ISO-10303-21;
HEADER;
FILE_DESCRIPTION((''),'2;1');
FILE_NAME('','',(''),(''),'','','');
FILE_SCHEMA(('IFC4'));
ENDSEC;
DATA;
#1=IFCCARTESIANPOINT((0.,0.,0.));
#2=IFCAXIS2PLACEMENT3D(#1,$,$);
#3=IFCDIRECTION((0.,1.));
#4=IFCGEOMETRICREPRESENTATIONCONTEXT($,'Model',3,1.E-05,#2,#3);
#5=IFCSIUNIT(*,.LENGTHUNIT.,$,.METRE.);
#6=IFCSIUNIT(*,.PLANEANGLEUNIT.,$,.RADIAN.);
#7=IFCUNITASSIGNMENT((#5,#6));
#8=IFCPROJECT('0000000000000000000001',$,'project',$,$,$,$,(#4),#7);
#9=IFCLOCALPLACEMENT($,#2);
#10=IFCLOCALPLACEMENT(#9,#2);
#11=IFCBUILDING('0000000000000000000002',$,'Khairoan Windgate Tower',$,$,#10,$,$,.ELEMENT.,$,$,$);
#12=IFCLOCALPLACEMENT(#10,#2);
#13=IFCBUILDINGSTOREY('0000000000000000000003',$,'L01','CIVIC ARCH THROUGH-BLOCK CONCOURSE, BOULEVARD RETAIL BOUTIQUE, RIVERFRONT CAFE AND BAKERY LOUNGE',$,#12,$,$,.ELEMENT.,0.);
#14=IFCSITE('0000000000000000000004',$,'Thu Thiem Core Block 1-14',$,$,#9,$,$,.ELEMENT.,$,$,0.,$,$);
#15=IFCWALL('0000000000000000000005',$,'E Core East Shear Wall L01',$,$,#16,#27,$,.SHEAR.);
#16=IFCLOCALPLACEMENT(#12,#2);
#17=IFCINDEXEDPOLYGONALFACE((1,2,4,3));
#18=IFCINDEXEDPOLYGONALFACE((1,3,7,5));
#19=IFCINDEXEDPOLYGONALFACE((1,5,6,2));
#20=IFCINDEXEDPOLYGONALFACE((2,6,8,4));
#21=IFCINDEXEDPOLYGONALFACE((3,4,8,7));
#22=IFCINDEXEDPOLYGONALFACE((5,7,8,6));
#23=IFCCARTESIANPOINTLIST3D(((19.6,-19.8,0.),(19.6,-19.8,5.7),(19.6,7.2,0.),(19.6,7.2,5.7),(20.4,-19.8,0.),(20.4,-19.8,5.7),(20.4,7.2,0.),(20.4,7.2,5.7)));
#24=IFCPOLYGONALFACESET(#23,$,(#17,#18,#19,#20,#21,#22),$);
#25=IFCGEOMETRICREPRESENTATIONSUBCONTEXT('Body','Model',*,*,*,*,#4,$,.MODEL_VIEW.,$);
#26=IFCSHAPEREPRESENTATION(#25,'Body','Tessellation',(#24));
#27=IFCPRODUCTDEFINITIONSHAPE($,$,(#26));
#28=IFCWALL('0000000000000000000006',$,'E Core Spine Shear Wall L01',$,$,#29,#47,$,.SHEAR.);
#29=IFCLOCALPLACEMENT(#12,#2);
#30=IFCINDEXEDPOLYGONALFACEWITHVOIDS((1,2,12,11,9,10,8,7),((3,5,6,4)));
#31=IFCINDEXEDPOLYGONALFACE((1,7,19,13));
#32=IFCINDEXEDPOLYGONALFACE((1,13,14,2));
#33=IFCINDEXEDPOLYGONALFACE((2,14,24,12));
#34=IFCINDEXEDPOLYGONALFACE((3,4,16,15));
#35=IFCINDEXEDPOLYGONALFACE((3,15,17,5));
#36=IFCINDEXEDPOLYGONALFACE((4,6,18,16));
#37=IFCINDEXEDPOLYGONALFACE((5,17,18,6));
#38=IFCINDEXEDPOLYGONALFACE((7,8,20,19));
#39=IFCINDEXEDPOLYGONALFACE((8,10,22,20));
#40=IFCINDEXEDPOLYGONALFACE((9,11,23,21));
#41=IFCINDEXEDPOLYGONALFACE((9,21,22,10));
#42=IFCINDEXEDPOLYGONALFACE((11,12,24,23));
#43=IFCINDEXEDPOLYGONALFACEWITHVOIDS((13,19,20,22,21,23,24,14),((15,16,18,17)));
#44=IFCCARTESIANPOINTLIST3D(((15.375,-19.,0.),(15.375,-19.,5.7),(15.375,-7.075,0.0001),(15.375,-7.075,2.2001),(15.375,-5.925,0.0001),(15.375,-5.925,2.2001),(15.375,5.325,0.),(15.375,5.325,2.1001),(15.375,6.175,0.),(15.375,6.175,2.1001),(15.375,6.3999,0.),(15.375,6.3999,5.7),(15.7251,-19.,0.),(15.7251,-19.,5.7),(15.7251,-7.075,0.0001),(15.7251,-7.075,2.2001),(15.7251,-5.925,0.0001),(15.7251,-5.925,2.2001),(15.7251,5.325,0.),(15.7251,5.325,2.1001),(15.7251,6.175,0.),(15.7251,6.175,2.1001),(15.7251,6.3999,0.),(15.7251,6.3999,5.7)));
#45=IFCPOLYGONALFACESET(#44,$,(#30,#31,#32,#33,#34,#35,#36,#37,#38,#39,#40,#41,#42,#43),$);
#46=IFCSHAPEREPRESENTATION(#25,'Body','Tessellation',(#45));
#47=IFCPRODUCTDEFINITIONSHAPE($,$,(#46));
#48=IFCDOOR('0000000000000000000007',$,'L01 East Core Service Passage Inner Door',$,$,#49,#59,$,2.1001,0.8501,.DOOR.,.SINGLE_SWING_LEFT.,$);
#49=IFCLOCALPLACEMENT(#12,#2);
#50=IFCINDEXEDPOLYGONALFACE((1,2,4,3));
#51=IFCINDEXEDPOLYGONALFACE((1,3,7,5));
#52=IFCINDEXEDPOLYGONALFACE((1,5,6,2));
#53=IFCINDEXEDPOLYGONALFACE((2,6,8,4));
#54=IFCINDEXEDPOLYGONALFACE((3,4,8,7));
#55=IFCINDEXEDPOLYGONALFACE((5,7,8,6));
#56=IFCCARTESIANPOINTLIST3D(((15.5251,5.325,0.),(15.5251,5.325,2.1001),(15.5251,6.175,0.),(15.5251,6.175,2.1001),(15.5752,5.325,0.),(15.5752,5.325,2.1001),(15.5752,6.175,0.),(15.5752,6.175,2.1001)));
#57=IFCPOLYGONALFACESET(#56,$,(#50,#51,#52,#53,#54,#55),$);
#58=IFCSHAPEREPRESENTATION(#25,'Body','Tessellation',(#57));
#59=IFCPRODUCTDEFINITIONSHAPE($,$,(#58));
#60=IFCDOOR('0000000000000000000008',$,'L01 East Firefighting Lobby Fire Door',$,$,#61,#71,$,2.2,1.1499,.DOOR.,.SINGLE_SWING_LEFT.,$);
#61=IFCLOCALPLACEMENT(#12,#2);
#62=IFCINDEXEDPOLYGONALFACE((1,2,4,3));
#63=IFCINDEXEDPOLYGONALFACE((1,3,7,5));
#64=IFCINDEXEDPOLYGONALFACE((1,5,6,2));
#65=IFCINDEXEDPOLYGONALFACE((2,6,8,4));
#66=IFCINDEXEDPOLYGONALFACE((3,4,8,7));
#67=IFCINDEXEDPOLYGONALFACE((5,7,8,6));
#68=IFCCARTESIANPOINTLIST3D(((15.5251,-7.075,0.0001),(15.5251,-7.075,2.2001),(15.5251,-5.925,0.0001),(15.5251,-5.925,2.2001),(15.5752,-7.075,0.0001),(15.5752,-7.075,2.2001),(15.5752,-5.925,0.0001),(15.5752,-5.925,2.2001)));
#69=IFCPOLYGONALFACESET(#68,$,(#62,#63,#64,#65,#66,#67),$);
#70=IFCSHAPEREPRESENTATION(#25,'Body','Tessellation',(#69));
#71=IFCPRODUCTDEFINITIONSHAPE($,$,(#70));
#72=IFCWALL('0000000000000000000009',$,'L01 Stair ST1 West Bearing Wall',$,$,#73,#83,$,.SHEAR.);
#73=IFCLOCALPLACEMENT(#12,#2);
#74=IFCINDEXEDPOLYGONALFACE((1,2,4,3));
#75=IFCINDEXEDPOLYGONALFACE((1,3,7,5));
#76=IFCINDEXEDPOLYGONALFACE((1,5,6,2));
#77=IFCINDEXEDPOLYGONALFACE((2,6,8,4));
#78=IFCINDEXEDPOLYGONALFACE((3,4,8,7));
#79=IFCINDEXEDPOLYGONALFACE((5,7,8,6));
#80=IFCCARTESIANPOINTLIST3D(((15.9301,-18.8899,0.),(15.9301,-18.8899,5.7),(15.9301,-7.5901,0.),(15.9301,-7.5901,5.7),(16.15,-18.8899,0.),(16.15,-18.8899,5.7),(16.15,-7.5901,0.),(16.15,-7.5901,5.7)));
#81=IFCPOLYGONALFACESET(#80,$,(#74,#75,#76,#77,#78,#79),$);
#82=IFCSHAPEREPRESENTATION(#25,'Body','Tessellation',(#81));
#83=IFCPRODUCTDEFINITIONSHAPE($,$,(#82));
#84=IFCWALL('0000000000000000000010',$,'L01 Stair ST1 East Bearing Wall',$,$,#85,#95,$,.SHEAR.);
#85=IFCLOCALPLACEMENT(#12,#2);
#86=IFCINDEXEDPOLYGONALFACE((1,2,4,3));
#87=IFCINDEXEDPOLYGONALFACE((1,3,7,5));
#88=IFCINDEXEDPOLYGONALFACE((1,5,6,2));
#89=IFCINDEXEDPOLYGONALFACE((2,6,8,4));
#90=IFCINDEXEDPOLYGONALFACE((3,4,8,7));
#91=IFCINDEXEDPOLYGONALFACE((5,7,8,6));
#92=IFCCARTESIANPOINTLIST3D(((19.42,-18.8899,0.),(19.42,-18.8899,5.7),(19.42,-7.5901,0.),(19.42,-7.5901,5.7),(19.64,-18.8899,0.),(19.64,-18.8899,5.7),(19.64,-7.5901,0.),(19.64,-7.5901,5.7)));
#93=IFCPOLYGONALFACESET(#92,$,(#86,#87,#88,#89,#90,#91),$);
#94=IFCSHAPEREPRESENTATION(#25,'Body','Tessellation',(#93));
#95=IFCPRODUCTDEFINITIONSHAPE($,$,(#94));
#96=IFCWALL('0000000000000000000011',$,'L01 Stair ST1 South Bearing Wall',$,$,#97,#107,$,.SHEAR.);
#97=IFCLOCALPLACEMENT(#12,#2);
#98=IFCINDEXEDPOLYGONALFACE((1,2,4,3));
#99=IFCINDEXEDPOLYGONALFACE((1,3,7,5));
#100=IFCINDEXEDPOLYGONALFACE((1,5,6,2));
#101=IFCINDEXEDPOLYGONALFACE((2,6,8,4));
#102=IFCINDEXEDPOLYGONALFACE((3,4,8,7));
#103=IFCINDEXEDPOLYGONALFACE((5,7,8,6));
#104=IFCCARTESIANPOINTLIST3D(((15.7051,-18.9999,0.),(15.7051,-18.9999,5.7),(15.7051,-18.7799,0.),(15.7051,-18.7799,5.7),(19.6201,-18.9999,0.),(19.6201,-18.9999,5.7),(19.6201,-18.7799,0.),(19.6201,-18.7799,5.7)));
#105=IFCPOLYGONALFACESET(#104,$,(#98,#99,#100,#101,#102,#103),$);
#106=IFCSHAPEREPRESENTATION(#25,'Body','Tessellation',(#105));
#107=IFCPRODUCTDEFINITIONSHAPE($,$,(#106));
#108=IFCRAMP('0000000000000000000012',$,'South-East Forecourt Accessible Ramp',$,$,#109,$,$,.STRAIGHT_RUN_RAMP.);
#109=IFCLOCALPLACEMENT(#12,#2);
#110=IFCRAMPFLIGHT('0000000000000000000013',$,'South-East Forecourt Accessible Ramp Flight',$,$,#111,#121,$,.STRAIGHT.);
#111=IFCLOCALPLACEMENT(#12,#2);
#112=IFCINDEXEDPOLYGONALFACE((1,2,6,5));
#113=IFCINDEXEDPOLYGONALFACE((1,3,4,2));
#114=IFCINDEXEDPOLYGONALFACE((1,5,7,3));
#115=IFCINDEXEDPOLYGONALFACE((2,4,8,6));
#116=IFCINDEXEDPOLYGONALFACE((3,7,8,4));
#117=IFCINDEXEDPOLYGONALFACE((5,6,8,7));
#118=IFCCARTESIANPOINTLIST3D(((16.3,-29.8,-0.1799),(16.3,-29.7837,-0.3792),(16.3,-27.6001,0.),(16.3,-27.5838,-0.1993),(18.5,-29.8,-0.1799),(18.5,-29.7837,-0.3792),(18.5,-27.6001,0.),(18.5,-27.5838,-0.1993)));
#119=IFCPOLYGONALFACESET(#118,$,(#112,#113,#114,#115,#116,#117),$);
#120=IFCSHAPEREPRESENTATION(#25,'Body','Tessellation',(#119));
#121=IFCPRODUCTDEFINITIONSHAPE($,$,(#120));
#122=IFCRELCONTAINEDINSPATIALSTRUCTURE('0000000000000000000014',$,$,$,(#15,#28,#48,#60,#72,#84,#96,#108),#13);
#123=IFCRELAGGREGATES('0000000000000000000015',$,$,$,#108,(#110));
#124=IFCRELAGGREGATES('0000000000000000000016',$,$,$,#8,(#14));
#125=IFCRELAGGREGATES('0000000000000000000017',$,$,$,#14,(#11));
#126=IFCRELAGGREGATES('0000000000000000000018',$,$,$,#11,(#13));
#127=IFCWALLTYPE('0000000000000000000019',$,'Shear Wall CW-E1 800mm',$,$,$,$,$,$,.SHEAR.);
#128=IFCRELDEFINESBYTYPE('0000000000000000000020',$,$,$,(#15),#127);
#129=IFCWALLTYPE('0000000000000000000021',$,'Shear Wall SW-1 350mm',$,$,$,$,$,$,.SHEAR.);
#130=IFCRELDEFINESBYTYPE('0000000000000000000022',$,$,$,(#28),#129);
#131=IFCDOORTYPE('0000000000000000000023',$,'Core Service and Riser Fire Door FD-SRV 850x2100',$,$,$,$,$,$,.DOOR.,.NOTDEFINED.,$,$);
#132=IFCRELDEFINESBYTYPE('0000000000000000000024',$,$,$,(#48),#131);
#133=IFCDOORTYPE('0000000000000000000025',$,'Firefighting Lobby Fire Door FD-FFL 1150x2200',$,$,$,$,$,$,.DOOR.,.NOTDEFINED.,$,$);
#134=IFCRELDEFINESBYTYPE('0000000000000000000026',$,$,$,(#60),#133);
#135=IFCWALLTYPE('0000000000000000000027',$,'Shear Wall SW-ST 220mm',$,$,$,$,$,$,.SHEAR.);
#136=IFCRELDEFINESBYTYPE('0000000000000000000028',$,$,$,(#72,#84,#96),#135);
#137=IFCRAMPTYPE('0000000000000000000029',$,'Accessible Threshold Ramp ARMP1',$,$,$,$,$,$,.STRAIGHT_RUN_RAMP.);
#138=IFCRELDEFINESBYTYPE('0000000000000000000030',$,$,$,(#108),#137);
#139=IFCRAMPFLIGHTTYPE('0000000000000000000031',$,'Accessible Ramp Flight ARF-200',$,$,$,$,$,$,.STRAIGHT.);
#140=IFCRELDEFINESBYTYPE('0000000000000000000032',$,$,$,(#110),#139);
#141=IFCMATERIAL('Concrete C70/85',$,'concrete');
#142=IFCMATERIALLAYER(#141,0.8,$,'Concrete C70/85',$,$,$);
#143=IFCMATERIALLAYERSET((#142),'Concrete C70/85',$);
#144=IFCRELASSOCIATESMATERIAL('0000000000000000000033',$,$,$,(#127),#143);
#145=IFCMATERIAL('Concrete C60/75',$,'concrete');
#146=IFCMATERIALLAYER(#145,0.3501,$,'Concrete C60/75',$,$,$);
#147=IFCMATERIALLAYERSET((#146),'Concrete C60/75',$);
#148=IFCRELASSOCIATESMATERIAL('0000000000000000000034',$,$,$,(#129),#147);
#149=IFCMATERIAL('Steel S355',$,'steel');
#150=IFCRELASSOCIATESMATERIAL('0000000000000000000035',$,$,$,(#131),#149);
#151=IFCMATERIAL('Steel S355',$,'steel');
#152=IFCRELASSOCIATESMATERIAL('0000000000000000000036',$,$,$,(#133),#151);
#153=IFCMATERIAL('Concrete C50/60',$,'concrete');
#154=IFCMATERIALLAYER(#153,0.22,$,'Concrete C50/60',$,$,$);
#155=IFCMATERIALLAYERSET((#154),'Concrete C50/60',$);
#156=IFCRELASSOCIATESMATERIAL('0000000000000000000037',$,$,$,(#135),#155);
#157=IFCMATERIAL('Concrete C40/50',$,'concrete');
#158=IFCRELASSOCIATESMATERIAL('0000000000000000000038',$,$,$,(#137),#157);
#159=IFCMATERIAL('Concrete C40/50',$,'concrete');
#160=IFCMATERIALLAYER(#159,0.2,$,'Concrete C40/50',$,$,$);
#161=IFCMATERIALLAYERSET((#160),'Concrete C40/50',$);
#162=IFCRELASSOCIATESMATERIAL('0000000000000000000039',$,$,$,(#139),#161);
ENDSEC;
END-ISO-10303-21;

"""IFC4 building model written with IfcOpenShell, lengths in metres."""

from ifc_helpers import new_model, si_unit, direction, frame, frame_2d, origin, place, context, subcontext, project, spatial, polyline, rectangle, outline, extrude, material, layer, layer_set, type_object, element, fill, aggregate, save


model = new_model("IFC4")

# Units and contexts
model_context = context("Model", 3, precision=1e-05, world=origin(), true_north=direction((0.0, 1.0)))
body_context = subcontext(model_context, "Body", "Model", "MODEL_VIEW")
ifc_project = project(units=[si_unit("LENGTHUNIT", "METRE"), si_unit("PLANEANGLEUNIT", "RADIAN")], contexts=[model_context])

# Site, building, storey
site_placement = place(None, origin())
site = spatial("IfcSite", under=ifc_project, at=site_placement, Name="Thu Thiem Core Block 1-14", CompositionType="ELEMENT", RefElevation=0.0)
building_placement = place(site_placement, origin())
building = spatial("IfcBuilding", under=site, at=building_placement, Name="Khairoan Windgate Tower", CompositionType="ELEMENT")
storey_placement = place(building_placement, origin())
storey = spatial("IfcBuildingStorey", under=building, at=storey_placement, Name="L01", Description="CIVIC ARCH THROUGH-BLOCK CONCOURSE, BOULEVARD RETAIL BOUTIQUE, RIVERFRONT CAFE AND BAKERY LOUNGE", CompositionType="ELEMENT", Elevation=0.0)

# Wall
ifc_material_1 = material(Name="Concrete C70/85", Category="concrete")
ifc_layer_1 = layer(ifc_material_1, 0.8, Name="Concrete C70/85")
ifc_layer_set_1 = layer_set([ifc_layer_1], Name="Concrete C70/85")
wall_type_1 = type_object("IfcWallType", Name="Shear Wall CW-E1 800mm", PredefinedType="SHEAR", material=ifc_layer_set_1)
wall_1_placement = place(storey_placement, frame((20.0, -19.8, 0.0), z_axis=(0.0, 0.0, 1.0), x_axis=(0.0, 1.0, 0.0)))
element("IfcWall", 1, at=wall_1_placement, inside=storey, type_object=wall_type_1, Name="E Core East Shear Wall L01", PredefinedType="SHEAR", context=body_context, shape_type="SweptSolid", body=[
    extrude(rectangle(XDim=27.0, YDim=0.8, at=frame_2d((13.5, 0.0))), origin(), (0.0, 0.0, 1.0), 5.7),
])

# Wall, openings, doors
ifc_material_2 = material(Name="Concrete C60/75", Category="concrete")
ifc_layer_2 = layer(ifc_material_2, 0.3501, Name="Concrete C60/75")
ifc_layer_set_2 = layer_set([ifc_layer_2], Name="Concrete C60/75")
wall_type_2 = type_object("IfcWallType", Name="Shear Wall SW-1 350mm", PredefinedType="SHEAR", material=ifc_layer_set_2)
wall_2_placement = place(storey_placement, frame((15.55, -19.0, 0.0), z_axis=(0.0, 0.0, 1.0), x_axis=(0.0, 1.0, 0.0)))
wall_2 = element("IfcWall", 2, at=wall_2_placement, inside=storey, type_object=wall_type_2, Name="E Core Spine Shear Wall L01", PredefinedType="SHEAR", context=body_context, shape_type="SweptSolid", body=[
    extrude(rectangle(XDim=25.3999, YDim=0.3501, at=frame_2d((12.7, 0.0))), origin(), (0.0, 0.0, 1.0), 5.7),
])
opening_1_placement = place(wall_2_placement, frame((11.925, 0.0, 0.0)))
opening_1 = element("IfcOpeningElement", 3, at=opening_1_placement, cuts=wall_2, PredefinedType="OPENING", context=body_context, shape_type="SweptSolid", body=[
    extrude(rectangle(XDim=1.1499, YDim=2.2, at=frame_2d((0.575, 1.1001))), frame((0.0, 0.1851, 0.0), z_axis=(0.0, -1.0, 0.0), x_axis=(1.0, 0.0, 0.0)), (0.0, 0.0, 1.0), 0.3701),
])
opening_2_placement = place(wall_2_placement, frame((24.325, 0.0, 0.0)))
opening_2 = element("IfcOpeningElement", 4, at=opening_2_placement, cuts=wall_2, PredefinedType="OPENING", context=body_context, shape_type="SweptSolid", body=[
    extrude(rectangle(XDim=0.8501, YDim=2.1001, at=frame_2d((0.425, 1.05))), frame((0.0, 0.1851, 0.0), z_axis=(0.0, -1.0, 0.0), x_axis=(1.0, 0.0, 0.0)), (0.0, 0.0, 1.0), 0.3701),
])
ifc_material_3 = material(Name="Steel S355", Category="steel")
door_type_1 = type_object("IfcDoorType", Name="Core Service and Riser Fire Door FD-SRV 850x2100", OperationType="NOTDEFINED", PredefinedType="DOOR", material=ifc_material_3)
door_1_placement = place(opening_2_placement, origin())
door_1 = element("IfcDoor", 5, at=door_1_placement, inside=storey, type_object=door_type_1, Name="L01 East Core Service Passage Inner Door", OperationType="SINGLE_SWING_LEFT", OverallHeight=2.1001, OverallWidth=0.8501, PredefinedType="DOOR", context=body_context, shape_type="SweptSolid", body=[
    extrude(rectangle(XDim=0.8501, YDim=2.1001, at=frame_2d((0.425, 1.05))), frame((0.0, 0.0249, 0.0), z_axis=(0.0, -1.0, 0.0), x_axis=(1.0, 0.0, 0.0)), (0.0, 0.0, 1.0), 0.05),
])
fill(opening_2, door_1)
ifc_material_4 = material(Name="Steel S355", Category="steel")
door_type_2 = type_object("IfcDoorType", Name="Firefighting Lobby Fire Door FD-FFL 1150x2200", OperationType="NOTDEFINED", PredefinedType="DOOR", material=ifc_material_4)
door_2_placement = place(opening_1_placement, origin())
door_2 = element("IfcDoor", 6, at=door_2_placement, inside=storey, type_object=door_type_2, Name="L01 East Firefighting Lobby Fire Door", OperationType="SINGLE_SWING_LEFT", OverallHeight=2.2, OverallWidth=1.1499, PredefinedType="DOOR", context=body_context, shape_type="SweptSolid", body=[
    extrude(rectangle(XDim=1.1499, YDim=2.2, at=frame_2d((0.575, 1.1001))), frame((0.0, 0.0249, 0.0), z_axis=(0.0, -1.0, 0.0), x_axis=(1.0, 0.0, 0.0)), (0.0, 0.0, 1.0), 0.05),
])
fill(opening_1, door_2)

# Walls
ifc_material_5 = material(Name="Concrete C50/60", Category="concrete")
ifc_layer_3 = layer(ifc_material_5, 0.22, Name="Concrete C50/60")
ifc_layer_set_3 = layer_set([ifc_layer_3], Name="Concrete C50/60")
wall_type_3 = type_object("IfcWallType", Name="Shear Wall SW-ST 220mm", PredefinedType="SHEAR", material=ifc_layer_set_3)
for number, where, z_axis, x_axis, name in (
    (7, (16.04, -18.8899, 0.0), (0.0, 0.0, 1.0), (0.0, 1.0, 0.0), "L01 Stair ST1 West Bearing Wall"),
    (8, (19.53, -18.8899, 0.0), (0.0, 0.0, 1.0), (0.0, 1.0, 0.0), "L01 Stair ST1 East Bearing Wall"),
):
    element("IfcWall", number, at=place(storey_placement, frame(where, z_axis=z_axis, x_axis=x_axis)), inside=storey, type_object=wall_type_3, Name=name, PredefinedType="SHEAR", context=body_context, shape_type="SweptSolid", body=[
        extrude(rectangle(XDim=11.2998, YDim=0.22, at=frame_2d((5.6499, 0.0))), origin(), (0.0, 0.0, 1.0), 5.7),
    ])
wall_3_placement = place(storey_placement, frame((15.7051, -18.8899, 0.0), z_axis=(0.0, 0.0, 1.0), x_axis=(1.0, 0.0, 0.0)))
element("IfcWall", 9, at=wall_3_placement, inside=storey, type_object=wall_type_3, Name="L01 Stair ST1 South Bearing Wall", PredefinedType="SHEAR", context=body_context, shape_type="SweptSolid", body=[
    extrude(rectangle(XDim=3.915, YDim=0.22, at=frame_2d((1.9575, 0.0))), origin(), (0.0, 0.0, 1.0), 5.7),
])

# Ramp, ramp flight
ifc_material_6 = material(Name="Concrete C40/50", Category="concrete")
ramp_type = type_object("IfcRampType", Name="Accessible Threshold Ramp ARMP1", PredefinedType="STRAIGHT_RUN_RAMP", material=ifc_material_6)
ramp_placement = place(storey_placement, origin())
ramp = element("IfcRamp", 10, at=ramp_placement, inside=storey, type_object=ramp_type, Name="South-East Forecourt Accessible Ramp", PredefinedType="STRAIGHT_RUN_RAMP")
ifc_material_7 = material(Name="Concrete C40/50", Category="concrete")
ifc_layer_4 = layer(ifc_material_7, 0.2, Name="Concrete C40/50")
ifc_layer_set_4 = layer_set([ifc_layer_4], Name="Concrete C40/50")
ramp_flight_type = type_object("IfcRampFlightType", Name="Accessible Ramp Flight ARF-200", PredefinedType="STRAIGHT", material=ifc_layer_set_4)
ramp_flight_placement = place(storey_placement, frame((16.3, -29.8, -0.1799), z_axis=(0.0, -0.081517, 0.996672), x_axis=(1.0, 0.0, 0.0)))
ramp_flight = element("IfcRampFlight", 11, at=ramp_flight_placement, type_object=ramp_flight_type, Name="South-East Forecourt Accessible Ramp Flight", PredefinedType="STRAIGHT", context=body_context, shape_type="SweptSolid", body=[
    extrude(outline(polyline([(0.0, 0.0), (2.2, 0.0), (2.2, 2.2073), (0.0, 2.2073), (0.0, 0.0)])), origin(), (0.0, 0.0, -1.0), 0.2),
])
aggregate(ramp, [ramp_flight])

save(model, "model.ifc")
